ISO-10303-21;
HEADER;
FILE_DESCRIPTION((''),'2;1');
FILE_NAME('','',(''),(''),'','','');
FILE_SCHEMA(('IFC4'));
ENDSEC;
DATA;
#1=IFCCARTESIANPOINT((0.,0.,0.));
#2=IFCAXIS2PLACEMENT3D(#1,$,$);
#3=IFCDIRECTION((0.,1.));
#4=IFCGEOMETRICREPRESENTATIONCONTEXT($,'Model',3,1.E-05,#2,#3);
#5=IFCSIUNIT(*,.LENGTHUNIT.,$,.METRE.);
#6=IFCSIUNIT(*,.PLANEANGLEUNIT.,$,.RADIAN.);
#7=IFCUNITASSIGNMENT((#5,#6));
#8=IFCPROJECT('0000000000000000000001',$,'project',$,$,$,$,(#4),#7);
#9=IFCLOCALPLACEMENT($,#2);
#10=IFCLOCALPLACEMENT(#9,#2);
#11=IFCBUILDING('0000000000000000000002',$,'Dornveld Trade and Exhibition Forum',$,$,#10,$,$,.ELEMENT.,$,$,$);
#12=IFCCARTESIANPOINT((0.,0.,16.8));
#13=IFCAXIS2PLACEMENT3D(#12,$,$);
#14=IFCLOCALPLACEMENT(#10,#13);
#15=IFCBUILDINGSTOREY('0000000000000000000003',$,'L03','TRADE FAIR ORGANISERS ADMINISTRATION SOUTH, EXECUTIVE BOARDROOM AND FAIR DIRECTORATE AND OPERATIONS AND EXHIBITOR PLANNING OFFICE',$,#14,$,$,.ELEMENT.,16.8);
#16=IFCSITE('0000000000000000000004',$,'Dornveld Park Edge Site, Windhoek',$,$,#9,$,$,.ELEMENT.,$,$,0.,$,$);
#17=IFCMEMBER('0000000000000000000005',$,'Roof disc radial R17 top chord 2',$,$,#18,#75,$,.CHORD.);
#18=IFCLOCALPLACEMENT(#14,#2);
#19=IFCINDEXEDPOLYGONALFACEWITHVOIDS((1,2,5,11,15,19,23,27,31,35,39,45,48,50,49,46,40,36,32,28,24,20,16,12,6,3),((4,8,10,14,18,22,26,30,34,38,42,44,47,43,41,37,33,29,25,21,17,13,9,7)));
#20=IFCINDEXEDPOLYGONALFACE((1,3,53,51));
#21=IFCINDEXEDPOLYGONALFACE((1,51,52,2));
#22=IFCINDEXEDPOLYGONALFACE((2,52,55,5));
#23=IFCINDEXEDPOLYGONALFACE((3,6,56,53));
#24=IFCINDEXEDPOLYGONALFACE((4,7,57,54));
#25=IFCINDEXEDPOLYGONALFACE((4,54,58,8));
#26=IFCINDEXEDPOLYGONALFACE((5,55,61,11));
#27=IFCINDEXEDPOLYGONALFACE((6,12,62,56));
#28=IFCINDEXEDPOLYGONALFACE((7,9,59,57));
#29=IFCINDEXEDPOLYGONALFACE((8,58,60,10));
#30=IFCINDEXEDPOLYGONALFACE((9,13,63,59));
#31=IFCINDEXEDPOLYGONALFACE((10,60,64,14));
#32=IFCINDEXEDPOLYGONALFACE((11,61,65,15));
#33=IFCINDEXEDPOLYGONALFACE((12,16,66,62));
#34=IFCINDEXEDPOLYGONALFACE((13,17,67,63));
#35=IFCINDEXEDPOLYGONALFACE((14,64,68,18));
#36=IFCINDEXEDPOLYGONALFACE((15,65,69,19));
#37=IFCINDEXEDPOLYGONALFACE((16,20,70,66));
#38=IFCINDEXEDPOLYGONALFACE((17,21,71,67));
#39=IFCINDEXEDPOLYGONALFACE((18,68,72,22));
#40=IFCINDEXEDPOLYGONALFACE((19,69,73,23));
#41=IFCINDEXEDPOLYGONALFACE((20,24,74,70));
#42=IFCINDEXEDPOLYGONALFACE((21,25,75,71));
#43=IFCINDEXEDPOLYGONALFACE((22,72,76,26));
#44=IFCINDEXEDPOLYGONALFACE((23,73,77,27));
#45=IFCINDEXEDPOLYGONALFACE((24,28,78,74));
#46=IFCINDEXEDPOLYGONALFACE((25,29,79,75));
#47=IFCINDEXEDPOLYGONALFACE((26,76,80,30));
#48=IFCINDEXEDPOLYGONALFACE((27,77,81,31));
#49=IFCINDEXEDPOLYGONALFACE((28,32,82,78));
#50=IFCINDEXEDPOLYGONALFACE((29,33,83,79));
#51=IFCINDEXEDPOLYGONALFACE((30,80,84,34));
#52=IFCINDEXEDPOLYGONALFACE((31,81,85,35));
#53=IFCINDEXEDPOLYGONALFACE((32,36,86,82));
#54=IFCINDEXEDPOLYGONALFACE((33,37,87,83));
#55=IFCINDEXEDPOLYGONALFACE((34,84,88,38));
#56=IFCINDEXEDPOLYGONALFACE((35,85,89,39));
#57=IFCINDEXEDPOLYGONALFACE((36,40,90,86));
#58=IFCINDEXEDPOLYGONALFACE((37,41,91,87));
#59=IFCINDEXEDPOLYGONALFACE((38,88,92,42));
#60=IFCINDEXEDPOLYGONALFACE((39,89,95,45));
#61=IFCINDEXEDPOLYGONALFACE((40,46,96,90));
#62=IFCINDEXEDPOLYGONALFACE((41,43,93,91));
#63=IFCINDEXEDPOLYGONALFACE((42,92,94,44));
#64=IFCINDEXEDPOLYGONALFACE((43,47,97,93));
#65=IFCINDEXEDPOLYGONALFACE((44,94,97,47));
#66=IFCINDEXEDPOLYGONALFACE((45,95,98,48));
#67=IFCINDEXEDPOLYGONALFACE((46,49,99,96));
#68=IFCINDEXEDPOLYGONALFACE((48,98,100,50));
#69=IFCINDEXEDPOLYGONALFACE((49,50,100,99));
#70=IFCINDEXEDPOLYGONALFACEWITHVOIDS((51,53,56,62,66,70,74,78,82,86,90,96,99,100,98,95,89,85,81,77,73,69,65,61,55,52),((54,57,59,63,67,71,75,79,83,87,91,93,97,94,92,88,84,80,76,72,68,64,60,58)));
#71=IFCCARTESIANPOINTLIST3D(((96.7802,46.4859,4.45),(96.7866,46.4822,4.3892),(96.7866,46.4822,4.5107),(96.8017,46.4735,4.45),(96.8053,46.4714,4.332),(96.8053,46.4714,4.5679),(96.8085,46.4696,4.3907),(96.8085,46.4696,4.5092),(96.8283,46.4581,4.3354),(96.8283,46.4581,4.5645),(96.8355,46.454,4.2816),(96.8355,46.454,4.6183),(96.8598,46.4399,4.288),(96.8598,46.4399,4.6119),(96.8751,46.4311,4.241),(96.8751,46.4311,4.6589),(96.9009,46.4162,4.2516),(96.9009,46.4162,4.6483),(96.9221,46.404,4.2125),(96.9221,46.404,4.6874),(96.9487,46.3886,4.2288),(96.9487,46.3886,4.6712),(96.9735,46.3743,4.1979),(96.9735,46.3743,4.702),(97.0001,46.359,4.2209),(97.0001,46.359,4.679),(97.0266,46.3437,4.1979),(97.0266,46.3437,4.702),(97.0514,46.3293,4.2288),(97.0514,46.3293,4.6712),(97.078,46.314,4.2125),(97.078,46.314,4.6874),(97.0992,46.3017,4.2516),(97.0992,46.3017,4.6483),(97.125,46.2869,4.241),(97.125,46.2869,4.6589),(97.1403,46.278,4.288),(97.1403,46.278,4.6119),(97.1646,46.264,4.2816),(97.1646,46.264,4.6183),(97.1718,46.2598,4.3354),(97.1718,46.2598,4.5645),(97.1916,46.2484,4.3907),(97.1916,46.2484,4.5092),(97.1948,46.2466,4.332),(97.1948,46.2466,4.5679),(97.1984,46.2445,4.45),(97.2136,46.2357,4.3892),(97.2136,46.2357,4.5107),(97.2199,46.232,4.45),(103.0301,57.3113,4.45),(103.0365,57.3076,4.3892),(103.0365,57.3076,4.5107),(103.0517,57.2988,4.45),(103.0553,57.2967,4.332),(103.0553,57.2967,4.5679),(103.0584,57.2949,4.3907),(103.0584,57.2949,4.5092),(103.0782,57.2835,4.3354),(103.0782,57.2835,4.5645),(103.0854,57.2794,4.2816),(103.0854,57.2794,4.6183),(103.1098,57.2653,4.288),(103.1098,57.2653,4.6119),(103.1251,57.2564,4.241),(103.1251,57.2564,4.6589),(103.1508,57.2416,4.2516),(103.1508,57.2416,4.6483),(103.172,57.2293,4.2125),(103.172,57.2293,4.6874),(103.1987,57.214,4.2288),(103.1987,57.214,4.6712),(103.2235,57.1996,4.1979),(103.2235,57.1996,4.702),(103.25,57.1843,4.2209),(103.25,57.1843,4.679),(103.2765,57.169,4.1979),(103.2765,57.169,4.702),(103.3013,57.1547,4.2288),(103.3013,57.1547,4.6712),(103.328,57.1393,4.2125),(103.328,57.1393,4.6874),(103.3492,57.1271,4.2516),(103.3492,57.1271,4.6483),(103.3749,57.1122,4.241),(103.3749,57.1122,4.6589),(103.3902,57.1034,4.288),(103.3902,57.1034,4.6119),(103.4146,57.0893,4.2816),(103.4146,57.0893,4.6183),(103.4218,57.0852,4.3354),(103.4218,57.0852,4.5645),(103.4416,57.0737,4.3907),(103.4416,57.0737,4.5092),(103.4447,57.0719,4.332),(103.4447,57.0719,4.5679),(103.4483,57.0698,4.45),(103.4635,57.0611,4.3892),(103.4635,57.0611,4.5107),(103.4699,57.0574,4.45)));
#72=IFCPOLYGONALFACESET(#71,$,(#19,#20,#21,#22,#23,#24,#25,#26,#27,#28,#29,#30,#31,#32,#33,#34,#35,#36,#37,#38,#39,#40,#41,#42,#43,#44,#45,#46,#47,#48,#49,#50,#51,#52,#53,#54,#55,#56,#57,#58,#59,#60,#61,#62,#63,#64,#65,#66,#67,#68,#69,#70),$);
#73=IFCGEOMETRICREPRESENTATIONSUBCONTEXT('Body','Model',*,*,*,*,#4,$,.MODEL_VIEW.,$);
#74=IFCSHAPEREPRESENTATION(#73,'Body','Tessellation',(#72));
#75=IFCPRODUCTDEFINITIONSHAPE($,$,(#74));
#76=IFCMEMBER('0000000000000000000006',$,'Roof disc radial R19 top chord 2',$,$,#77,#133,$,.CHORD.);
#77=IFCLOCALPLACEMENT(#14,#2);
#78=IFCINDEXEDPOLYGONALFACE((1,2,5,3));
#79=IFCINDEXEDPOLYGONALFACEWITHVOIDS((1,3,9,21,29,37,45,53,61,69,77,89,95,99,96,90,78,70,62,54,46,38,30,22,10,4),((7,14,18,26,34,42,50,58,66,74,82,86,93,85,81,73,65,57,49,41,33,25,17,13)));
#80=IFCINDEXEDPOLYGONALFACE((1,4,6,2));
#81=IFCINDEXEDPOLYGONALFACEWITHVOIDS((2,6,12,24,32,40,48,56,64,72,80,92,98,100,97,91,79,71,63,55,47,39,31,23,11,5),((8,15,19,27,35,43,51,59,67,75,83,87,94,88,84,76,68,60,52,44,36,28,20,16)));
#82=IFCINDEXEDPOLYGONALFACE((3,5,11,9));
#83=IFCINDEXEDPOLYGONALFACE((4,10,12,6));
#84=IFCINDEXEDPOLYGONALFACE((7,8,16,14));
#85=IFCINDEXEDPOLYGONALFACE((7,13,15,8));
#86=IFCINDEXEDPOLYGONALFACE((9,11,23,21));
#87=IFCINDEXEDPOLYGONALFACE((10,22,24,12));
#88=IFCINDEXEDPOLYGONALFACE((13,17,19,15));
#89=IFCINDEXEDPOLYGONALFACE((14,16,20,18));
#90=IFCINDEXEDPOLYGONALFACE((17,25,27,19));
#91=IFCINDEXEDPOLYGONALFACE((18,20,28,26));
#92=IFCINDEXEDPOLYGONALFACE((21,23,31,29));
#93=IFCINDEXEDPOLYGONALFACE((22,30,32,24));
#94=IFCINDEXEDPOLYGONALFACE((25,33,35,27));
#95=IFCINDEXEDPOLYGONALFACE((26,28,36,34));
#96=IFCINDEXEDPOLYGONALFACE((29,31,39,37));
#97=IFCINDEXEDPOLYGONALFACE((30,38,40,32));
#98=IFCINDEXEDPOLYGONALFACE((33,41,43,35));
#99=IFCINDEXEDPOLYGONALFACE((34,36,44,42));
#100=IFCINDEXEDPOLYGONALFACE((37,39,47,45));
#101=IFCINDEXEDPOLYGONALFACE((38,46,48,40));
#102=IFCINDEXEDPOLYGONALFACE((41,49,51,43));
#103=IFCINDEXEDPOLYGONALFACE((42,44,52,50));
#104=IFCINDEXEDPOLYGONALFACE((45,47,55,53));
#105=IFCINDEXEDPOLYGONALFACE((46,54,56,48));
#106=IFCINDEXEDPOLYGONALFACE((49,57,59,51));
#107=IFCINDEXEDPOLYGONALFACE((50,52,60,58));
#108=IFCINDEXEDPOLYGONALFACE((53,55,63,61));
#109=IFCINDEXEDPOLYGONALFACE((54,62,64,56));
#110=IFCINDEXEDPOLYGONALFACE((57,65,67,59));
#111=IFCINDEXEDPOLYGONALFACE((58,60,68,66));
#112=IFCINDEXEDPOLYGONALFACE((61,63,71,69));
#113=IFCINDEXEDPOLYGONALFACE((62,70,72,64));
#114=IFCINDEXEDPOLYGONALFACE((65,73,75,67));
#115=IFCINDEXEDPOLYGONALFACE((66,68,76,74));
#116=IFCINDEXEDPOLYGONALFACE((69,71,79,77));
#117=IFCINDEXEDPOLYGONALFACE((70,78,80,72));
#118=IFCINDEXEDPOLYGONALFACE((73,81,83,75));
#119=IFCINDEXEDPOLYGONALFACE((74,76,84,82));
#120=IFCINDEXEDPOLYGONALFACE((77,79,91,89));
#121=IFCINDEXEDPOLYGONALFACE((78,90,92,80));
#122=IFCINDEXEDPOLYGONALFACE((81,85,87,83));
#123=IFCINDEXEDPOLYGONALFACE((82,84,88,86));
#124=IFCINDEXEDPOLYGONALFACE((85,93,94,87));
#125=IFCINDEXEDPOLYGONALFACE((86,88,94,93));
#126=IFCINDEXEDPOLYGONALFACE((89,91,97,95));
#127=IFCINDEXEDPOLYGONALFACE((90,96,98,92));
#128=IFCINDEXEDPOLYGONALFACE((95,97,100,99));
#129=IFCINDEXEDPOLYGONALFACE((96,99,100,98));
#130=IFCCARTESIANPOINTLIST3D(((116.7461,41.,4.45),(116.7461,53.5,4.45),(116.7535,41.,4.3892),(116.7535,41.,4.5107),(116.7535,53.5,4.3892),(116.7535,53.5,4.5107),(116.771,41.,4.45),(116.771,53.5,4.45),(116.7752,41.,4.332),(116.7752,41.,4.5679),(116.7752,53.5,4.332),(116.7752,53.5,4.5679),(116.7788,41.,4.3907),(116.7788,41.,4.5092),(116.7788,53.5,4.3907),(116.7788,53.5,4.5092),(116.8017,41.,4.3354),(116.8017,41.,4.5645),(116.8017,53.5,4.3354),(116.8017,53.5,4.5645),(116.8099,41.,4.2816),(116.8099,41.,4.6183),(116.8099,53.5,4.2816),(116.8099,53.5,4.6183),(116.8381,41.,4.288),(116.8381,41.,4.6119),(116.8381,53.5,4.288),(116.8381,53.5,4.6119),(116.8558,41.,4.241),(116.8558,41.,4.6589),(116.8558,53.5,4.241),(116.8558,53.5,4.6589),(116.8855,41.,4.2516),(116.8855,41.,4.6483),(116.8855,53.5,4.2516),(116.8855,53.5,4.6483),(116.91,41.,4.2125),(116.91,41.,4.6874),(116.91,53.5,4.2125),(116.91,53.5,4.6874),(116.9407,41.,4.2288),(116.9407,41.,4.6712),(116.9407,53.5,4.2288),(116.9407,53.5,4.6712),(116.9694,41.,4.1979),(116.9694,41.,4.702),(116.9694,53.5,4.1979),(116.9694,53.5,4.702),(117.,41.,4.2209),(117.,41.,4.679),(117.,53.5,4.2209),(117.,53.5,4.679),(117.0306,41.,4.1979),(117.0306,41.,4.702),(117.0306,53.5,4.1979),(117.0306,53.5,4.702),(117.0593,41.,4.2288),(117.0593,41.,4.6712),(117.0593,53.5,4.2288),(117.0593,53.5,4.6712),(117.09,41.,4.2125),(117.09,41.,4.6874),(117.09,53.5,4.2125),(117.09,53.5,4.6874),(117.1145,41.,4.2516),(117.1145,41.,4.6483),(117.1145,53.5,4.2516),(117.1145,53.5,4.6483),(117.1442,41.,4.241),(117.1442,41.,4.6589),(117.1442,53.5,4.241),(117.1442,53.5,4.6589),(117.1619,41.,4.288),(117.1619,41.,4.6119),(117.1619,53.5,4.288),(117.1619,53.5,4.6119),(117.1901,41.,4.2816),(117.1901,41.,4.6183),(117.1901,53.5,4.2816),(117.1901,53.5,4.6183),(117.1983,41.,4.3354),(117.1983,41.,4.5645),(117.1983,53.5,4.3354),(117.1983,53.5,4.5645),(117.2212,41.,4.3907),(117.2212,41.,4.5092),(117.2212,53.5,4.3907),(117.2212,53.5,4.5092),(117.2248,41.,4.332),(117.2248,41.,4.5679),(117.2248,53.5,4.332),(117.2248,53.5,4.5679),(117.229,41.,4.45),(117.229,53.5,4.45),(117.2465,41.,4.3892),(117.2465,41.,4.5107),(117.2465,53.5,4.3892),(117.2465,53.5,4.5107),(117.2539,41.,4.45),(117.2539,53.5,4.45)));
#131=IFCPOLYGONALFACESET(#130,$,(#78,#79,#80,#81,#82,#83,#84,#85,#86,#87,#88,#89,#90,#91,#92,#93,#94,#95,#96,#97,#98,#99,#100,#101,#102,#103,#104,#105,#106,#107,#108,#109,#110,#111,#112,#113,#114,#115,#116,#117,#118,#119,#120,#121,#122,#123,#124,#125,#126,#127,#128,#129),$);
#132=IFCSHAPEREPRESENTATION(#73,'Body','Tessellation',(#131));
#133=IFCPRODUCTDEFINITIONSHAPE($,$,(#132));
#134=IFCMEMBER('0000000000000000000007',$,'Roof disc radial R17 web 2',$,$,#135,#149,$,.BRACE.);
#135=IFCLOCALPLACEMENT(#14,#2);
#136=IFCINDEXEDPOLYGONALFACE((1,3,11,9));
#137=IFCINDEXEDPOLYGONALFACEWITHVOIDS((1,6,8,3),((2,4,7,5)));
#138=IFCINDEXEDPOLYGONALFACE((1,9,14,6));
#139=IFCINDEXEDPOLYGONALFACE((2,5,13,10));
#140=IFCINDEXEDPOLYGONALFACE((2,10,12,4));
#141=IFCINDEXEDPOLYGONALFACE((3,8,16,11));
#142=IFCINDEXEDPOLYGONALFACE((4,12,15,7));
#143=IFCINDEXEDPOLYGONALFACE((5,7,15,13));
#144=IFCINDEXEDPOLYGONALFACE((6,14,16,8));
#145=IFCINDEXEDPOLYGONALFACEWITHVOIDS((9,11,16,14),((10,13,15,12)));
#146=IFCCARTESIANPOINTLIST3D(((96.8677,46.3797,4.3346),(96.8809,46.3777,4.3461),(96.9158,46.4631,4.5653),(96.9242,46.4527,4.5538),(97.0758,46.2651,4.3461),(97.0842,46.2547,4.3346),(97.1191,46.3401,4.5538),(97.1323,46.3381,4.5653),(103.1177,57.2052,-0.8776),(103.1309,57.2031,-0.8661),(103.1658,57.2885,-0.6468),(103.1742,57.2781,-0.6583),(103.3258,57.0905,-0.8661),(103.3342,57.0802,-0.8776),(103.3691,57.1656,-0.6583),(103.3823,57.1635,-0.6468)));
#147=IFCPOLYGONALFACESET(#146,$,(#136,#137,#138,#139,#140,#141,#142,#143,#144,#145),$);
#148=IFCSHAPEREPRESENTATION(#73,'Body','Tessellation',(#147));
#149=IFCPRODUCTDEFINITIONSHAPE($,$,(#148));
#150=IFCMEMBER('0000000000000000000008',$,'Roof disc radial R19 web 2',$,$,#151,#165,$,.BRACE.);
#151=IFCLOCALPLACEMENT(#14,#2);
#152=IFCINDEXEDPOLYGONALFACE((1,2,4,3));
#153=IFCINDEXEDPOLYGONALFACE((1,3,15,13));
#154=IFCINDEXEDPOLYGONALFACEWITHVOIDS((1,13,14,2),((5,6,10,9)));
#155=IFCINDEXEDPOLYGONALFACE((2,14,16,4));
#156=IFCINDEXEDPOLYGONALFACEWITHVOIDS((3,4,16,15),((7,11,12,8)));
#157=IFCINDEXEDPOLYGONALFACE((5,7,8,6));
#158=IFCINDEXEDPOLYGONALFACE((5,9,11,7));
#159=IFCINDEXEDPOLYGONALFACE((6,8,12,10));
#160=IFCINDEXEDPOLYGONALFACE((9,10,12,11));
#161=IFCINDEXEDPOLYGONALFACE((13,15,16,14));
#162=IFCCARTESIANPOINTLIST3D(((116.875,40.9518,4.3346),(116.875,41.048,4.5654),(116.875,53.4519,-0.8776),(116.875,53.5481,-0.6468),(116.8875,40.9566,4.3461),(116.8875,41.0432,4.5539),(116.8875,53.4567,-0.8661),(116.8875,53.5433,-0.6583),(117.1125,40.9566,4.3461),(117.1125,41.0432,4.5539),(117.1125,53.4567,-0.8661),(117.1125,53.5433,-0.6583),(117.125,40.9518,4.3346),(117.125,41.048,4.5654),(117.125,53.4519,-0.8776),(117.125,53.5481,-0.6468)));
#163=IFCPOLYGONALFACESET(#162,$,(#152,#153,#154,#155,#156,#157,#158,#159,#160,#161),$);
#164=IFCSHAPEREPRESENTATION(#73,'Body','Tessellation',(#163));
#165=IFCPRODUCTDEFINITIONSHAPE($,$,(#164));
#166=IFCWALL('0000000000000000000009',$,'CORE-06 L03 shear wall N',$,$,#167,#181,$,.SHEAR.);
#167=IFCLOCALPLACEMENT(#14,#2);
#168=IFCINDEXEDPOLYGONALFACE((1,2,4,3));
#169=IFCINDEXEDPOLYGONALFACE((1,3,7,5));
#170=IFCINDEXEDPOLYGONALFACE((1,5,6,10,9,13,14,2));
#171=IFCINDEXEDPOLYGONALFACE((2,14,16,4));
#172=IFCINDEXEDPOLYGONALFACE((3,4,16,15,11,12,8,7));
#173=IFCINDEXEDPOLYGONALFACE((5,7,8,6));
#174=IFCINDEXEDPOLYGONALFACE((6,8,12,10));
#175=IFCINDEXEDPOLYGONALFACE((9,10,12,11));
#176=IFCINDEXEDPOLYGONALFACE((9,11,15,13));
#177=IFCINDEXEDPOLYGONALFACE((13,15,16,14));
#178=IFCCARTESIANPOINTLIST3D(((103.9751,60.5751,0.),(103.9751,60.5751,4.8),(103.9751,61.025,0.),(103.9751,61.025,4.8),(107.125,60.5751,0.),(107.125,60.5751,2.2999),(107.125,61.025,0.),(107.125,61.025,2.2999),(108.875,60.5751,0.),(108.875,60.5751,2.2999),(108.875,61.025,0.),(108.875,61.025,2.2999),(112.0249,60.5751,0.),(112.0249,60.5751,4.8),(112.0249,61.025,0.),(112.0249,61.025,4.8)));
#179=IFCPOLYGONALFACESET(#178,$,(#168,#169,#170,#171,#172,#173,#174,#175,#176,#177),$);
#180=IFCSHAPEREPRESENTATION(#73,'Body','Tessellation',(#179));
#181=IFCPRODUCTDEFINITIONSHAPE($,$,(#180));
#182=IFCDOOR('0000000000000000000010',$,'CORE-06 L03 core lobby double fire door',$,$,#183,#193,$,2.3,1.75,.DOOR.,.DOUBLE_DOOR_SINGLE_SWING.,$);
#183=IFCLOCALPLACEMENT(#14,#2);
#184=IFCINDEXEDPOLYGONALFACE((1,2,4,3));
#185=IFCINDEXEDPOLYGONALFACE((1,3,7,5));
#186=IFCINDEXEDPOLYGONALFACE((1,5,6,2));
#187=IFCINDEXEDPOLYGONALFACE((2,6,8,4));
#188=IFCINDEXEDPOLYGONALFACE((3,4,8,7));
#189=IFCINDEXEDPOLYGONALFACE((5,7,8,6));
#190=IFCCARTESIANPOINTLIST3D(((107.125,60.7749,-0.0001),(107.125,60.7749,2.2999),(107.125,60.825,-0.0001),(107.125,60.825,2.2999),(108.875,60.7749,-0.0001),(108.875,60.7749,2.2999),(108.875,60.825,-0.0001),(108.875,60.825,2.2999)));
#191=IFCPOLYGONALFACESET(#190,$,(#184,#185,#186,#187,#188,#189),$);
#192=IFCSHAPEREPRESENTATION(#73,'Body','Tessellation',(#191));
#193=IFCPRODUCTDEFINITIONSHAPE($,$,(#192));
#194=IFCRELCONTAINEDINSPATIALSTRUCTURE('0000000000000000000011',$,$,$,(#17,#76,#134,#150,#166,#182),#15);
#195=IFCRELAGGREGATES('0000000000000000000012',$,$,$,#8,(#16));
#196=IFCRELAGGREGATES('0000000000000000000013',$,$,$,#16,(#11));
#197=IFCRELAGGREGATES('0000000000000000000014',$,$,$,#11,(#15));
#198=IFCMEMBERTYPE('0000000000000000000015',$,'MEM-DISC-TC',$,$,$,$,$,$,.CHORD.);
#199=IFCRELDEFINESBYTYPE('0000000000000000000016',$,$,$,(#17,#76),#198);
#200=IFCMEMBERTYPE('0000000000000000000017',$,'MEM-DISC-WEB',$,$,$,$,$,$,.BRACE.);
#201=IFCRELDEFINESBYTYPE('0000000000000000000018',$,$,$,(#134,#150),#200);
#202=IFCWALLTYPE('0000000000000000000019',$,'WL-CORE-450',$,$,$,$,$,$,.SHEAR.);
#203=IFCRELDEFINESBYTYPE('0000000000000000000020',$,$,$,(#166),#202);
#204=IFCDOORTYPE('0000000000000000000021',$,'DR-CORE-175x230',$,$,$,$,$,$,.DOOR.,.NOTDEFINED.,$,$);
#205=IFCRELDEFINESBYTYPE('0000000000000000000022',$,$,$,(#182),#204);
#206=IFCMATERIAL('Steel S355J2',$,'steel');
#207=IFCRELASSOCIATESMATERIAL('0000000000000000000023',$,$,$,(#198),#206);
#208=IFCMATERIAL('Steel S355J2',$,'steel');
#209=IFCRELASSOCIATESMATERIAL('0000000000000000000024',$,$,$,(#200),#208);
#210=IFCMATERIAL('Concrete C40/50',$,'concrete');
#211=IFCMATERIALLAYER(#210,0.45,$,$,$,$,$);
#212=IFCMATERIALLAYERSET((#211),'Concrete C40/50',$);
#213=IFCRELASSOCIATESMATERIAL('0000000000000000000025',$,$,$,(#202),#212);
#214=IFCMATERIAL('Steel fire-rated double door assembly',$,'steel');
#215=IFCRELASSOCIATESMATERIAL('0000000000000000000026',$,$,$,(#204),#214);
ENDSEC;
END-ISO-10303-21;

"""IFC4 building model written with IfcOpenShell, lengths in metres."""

from ifc_helpers import new_model, si_unit, direction, frame, frame_2d, origin, origin_2d, place, context, subcontext, project, spatial, rectangle, hollow_rectangle, hollow_circle, extrude, material, layer, layer_set, material_profile, profile_set, type_object, element, fill, save


model = new_model("IFC4")

# Units and contexts
model_context = context("Model", 3, precision=1e-05, world=origin(), true_north=direction((0.0, 1.0)))
body_context = subcontext(model_context, "Body", "Model", "MODEL_VIEW")
ifc_project = project(units=[si_unit("LENGTHUNIT", "METRE"), si_unit("PLANEANGLEUNIT", "RADIAN")], contexts=[model_context])

# Site, building, storey
site_placement = place(None, origin())
site = spatial("IfcSite", under=ifc_project, at=site_placement, Name="Dornveld Park Edge Site, Windhoek", CompositionType="ELEMENT", RefElevation=0.0)
building_placement = place(site_placement, origin())
building = spatial("IfcBuilding", under=site, at=building_placement, Name="Dornveld Trade and Exhibition Forum", CompositionType="ELEMENT")
storey_placement = place(building_placement, frame((0.0, 0.0, 16.8)))
storey = spatial("IfcBuildingStorey", under=building, at=storey_placement, Name="L03", Description="TRADE FAIR ORGANISERS ADMINISTRATION SOUTH, EXECUTIVE BOARDROOM AND FAIR DIRECTORATE AND OPERATIONS AND EXHIBITOR PLANNING OFFICE", CompositionType="ELEMENT", Elevation=16.8)

# Members
ifc_material_1 = material(Name="Steel S355J2", Category="steel")
ifc_material_profile_1 = material_profile(ifc_material_1, hollow_circle(Radius=0.2539, WallThickness=0.0249, at=origin_2d()), Name="CHS 508x25")
ifc_profile_set_1 = profile_set([ifc_material_profile_1], Name="Steel S355J2")
member_type_1 = type_object("IfcMemberType", Name="MEM-DISC-TC", PredefinedType="CHORD", material=ifc_profile_set_1)
for number, where, z_axis, x_axis, name in (
    (1, (103.25, 57.1843, 4.45), (-0.499996, -0.866028, 0.0), (0.866028, -0.499996, 0.0), "Roof disc radial R17 top chord 2"),
    (2, (117.0, 53.5, 4.45), (0.0, -1.0, 0.0), (1.0, 0.0, 0.0), "Roof disc radial R19 top chord 2"),
):
    element("IfcMember", number, at=place(storey_placement, frame(where, z_axis=z_axis, x_axis=x_axis)), inside=storey, type_object=member_type_1, Name=name, PredefinedType="CHORD", context=body_context, shape_type="SweptSolid", body=[
        extrude(hollow_circle(Radius=0.2539, WallThickness=0.0249, at=origin_2d()), origin(), (0.0, 0.0, 1.0), 12.5),
    ])
ifc_material_2 = material(Name="Steel S355J2", Category="steel")
ifc_material_profile_2 = material_profile(ifc_material_2, hollow_rectangle(XDim=0.25, YDim=0.25, WallThickness=0.0125, at=origin_2d()), Name="SHS 250x250x12.5")
ifc_profile_set_2 = profile_set([ifc_material_profile_2], Name="Steel S355J2")
member_type_2 = type_object("IfcMemberType", Name="MEM-DISC-WEB", PredefinedType="BRACE", material=ifc_profile_set_2)
for number, where, z_axis, x_axis, name in (
    (3, (103.25, 57.1843, -0.7622), (-0.461485, -0.799324, 0.384853), (0.866028, -0.499996, 0.0), "Roof disc radial R17 web 2"),
    (4, (117.0, 53.5, -0.7622), (0.0, -0.922977, 0.384856), (1.0, 0.0, 0.0), "Roof disc radial R19 web 2"),
):
    element("IfcMember", number, at=place(storey_placement, frame(where, z_axis=z_axis, x_axis=x_axis)), inside=storey, type_object=member_type_2, Name=name, PredefinedType="BRACE", context=body_context, shape_type="SweptSolid", body=[
        extrude(hollow_rectangle(XDim=0.25, YDim=0.25, WallThickness=0.0125, at=origin_2d()), origin(), (0.0, 0.0, 1.0), 13.5432),
    ])

# Wall, opening, door
ifc_material_3 = material(Name="Concrete C40/50", Category="concrete")
ifc_layer_1 = layer(ifc_material_3, 0.45)
ifc_layer_set_1 = layer_set([ifc_layer_1], Name="Concrete C40/50")
wall_type_1 = type_object("IfcWallType", Name="WL-CORE-450", PredefinedType="SHEAR", material=ifc_layer_set_1)
wall_1_placement = place(storey_placement, frame((103.9751, 60.8, 0.0), z_axis=(0.0, 0.0, 1.0), x_axis=(1.0, 0.0, 0.0)))
wall_1 = element("IfcWall", 5, at=wall_1_placement, inside=storey, type_object=wall_type_1, Name="CORE-06 L03 shear wall N", PredefinedType="SHEAR", context=body_context, shape_type="SweptSolid", body=[
    extrude(rectangle(XDim=8.0498, YDim=0.45, at=frame_2d((4.0249, 0.0))), origin(), (0.0, 0.0, 1.0), 4.8),
])
opening_1_placement = place(wall_1_placement, frame((3.1499, 0.0, 0.0)))
opening_1 = element("IfcOpeningElement", 6, at=opening_1_placement, cuts=wall_1, PredefinedType="OPENING", context=body_context, shape_type="SweptSolid", body=[
    extrude(rectangle(XDim=1.75, YDim=2.3, at=frame_2d((0.875, 1.1499))), frame((0.0, 0.2349, 0.0), z_axis=(0.0, -1.0, 0.0), x_axis=(1.0, 0.0, 0.0)), (0.0, 0.0, 1.0), 0.47),
])
ifc_material_4 = material(Name="Steel fire-rated double door assembly", Category="steel")
door_type_1 = type_object("IfcDoorType", Name="DR-CORE-175x230", OperationType="NOTDEFINED", PredefinedType="DOOR", material=ifc_material_4)
door_1_placement = place(opening_1_placement, origin())
door_1 = element("IfcDoor", 7, at=door_1_placement, inside=storey, type_object=door_type_1, Name="CORE-06 L03 core lobby double fire door", OperationType="DOUBLE_DOOR_SINGLE_SWING", OverallHeight=2.3, OverallWidth=1.75, PredefinedType="DOOR", context=body_context, shape_type="SweptSolid", body=[
    extrude(rectangle(XDim=1.75, YDim=2.3, at=frame_2d((0.875, 1.1499))), frame((0.0, 0.0249, 0.0), z_axis=(0.0, -1.0, 0.0), x_axis=(1.0, 0.0, 0.0)), (0.0, 0.0, 1.0), 0.05),
])
fill(opening_1, door_1)

save(model, "model.ifc")
